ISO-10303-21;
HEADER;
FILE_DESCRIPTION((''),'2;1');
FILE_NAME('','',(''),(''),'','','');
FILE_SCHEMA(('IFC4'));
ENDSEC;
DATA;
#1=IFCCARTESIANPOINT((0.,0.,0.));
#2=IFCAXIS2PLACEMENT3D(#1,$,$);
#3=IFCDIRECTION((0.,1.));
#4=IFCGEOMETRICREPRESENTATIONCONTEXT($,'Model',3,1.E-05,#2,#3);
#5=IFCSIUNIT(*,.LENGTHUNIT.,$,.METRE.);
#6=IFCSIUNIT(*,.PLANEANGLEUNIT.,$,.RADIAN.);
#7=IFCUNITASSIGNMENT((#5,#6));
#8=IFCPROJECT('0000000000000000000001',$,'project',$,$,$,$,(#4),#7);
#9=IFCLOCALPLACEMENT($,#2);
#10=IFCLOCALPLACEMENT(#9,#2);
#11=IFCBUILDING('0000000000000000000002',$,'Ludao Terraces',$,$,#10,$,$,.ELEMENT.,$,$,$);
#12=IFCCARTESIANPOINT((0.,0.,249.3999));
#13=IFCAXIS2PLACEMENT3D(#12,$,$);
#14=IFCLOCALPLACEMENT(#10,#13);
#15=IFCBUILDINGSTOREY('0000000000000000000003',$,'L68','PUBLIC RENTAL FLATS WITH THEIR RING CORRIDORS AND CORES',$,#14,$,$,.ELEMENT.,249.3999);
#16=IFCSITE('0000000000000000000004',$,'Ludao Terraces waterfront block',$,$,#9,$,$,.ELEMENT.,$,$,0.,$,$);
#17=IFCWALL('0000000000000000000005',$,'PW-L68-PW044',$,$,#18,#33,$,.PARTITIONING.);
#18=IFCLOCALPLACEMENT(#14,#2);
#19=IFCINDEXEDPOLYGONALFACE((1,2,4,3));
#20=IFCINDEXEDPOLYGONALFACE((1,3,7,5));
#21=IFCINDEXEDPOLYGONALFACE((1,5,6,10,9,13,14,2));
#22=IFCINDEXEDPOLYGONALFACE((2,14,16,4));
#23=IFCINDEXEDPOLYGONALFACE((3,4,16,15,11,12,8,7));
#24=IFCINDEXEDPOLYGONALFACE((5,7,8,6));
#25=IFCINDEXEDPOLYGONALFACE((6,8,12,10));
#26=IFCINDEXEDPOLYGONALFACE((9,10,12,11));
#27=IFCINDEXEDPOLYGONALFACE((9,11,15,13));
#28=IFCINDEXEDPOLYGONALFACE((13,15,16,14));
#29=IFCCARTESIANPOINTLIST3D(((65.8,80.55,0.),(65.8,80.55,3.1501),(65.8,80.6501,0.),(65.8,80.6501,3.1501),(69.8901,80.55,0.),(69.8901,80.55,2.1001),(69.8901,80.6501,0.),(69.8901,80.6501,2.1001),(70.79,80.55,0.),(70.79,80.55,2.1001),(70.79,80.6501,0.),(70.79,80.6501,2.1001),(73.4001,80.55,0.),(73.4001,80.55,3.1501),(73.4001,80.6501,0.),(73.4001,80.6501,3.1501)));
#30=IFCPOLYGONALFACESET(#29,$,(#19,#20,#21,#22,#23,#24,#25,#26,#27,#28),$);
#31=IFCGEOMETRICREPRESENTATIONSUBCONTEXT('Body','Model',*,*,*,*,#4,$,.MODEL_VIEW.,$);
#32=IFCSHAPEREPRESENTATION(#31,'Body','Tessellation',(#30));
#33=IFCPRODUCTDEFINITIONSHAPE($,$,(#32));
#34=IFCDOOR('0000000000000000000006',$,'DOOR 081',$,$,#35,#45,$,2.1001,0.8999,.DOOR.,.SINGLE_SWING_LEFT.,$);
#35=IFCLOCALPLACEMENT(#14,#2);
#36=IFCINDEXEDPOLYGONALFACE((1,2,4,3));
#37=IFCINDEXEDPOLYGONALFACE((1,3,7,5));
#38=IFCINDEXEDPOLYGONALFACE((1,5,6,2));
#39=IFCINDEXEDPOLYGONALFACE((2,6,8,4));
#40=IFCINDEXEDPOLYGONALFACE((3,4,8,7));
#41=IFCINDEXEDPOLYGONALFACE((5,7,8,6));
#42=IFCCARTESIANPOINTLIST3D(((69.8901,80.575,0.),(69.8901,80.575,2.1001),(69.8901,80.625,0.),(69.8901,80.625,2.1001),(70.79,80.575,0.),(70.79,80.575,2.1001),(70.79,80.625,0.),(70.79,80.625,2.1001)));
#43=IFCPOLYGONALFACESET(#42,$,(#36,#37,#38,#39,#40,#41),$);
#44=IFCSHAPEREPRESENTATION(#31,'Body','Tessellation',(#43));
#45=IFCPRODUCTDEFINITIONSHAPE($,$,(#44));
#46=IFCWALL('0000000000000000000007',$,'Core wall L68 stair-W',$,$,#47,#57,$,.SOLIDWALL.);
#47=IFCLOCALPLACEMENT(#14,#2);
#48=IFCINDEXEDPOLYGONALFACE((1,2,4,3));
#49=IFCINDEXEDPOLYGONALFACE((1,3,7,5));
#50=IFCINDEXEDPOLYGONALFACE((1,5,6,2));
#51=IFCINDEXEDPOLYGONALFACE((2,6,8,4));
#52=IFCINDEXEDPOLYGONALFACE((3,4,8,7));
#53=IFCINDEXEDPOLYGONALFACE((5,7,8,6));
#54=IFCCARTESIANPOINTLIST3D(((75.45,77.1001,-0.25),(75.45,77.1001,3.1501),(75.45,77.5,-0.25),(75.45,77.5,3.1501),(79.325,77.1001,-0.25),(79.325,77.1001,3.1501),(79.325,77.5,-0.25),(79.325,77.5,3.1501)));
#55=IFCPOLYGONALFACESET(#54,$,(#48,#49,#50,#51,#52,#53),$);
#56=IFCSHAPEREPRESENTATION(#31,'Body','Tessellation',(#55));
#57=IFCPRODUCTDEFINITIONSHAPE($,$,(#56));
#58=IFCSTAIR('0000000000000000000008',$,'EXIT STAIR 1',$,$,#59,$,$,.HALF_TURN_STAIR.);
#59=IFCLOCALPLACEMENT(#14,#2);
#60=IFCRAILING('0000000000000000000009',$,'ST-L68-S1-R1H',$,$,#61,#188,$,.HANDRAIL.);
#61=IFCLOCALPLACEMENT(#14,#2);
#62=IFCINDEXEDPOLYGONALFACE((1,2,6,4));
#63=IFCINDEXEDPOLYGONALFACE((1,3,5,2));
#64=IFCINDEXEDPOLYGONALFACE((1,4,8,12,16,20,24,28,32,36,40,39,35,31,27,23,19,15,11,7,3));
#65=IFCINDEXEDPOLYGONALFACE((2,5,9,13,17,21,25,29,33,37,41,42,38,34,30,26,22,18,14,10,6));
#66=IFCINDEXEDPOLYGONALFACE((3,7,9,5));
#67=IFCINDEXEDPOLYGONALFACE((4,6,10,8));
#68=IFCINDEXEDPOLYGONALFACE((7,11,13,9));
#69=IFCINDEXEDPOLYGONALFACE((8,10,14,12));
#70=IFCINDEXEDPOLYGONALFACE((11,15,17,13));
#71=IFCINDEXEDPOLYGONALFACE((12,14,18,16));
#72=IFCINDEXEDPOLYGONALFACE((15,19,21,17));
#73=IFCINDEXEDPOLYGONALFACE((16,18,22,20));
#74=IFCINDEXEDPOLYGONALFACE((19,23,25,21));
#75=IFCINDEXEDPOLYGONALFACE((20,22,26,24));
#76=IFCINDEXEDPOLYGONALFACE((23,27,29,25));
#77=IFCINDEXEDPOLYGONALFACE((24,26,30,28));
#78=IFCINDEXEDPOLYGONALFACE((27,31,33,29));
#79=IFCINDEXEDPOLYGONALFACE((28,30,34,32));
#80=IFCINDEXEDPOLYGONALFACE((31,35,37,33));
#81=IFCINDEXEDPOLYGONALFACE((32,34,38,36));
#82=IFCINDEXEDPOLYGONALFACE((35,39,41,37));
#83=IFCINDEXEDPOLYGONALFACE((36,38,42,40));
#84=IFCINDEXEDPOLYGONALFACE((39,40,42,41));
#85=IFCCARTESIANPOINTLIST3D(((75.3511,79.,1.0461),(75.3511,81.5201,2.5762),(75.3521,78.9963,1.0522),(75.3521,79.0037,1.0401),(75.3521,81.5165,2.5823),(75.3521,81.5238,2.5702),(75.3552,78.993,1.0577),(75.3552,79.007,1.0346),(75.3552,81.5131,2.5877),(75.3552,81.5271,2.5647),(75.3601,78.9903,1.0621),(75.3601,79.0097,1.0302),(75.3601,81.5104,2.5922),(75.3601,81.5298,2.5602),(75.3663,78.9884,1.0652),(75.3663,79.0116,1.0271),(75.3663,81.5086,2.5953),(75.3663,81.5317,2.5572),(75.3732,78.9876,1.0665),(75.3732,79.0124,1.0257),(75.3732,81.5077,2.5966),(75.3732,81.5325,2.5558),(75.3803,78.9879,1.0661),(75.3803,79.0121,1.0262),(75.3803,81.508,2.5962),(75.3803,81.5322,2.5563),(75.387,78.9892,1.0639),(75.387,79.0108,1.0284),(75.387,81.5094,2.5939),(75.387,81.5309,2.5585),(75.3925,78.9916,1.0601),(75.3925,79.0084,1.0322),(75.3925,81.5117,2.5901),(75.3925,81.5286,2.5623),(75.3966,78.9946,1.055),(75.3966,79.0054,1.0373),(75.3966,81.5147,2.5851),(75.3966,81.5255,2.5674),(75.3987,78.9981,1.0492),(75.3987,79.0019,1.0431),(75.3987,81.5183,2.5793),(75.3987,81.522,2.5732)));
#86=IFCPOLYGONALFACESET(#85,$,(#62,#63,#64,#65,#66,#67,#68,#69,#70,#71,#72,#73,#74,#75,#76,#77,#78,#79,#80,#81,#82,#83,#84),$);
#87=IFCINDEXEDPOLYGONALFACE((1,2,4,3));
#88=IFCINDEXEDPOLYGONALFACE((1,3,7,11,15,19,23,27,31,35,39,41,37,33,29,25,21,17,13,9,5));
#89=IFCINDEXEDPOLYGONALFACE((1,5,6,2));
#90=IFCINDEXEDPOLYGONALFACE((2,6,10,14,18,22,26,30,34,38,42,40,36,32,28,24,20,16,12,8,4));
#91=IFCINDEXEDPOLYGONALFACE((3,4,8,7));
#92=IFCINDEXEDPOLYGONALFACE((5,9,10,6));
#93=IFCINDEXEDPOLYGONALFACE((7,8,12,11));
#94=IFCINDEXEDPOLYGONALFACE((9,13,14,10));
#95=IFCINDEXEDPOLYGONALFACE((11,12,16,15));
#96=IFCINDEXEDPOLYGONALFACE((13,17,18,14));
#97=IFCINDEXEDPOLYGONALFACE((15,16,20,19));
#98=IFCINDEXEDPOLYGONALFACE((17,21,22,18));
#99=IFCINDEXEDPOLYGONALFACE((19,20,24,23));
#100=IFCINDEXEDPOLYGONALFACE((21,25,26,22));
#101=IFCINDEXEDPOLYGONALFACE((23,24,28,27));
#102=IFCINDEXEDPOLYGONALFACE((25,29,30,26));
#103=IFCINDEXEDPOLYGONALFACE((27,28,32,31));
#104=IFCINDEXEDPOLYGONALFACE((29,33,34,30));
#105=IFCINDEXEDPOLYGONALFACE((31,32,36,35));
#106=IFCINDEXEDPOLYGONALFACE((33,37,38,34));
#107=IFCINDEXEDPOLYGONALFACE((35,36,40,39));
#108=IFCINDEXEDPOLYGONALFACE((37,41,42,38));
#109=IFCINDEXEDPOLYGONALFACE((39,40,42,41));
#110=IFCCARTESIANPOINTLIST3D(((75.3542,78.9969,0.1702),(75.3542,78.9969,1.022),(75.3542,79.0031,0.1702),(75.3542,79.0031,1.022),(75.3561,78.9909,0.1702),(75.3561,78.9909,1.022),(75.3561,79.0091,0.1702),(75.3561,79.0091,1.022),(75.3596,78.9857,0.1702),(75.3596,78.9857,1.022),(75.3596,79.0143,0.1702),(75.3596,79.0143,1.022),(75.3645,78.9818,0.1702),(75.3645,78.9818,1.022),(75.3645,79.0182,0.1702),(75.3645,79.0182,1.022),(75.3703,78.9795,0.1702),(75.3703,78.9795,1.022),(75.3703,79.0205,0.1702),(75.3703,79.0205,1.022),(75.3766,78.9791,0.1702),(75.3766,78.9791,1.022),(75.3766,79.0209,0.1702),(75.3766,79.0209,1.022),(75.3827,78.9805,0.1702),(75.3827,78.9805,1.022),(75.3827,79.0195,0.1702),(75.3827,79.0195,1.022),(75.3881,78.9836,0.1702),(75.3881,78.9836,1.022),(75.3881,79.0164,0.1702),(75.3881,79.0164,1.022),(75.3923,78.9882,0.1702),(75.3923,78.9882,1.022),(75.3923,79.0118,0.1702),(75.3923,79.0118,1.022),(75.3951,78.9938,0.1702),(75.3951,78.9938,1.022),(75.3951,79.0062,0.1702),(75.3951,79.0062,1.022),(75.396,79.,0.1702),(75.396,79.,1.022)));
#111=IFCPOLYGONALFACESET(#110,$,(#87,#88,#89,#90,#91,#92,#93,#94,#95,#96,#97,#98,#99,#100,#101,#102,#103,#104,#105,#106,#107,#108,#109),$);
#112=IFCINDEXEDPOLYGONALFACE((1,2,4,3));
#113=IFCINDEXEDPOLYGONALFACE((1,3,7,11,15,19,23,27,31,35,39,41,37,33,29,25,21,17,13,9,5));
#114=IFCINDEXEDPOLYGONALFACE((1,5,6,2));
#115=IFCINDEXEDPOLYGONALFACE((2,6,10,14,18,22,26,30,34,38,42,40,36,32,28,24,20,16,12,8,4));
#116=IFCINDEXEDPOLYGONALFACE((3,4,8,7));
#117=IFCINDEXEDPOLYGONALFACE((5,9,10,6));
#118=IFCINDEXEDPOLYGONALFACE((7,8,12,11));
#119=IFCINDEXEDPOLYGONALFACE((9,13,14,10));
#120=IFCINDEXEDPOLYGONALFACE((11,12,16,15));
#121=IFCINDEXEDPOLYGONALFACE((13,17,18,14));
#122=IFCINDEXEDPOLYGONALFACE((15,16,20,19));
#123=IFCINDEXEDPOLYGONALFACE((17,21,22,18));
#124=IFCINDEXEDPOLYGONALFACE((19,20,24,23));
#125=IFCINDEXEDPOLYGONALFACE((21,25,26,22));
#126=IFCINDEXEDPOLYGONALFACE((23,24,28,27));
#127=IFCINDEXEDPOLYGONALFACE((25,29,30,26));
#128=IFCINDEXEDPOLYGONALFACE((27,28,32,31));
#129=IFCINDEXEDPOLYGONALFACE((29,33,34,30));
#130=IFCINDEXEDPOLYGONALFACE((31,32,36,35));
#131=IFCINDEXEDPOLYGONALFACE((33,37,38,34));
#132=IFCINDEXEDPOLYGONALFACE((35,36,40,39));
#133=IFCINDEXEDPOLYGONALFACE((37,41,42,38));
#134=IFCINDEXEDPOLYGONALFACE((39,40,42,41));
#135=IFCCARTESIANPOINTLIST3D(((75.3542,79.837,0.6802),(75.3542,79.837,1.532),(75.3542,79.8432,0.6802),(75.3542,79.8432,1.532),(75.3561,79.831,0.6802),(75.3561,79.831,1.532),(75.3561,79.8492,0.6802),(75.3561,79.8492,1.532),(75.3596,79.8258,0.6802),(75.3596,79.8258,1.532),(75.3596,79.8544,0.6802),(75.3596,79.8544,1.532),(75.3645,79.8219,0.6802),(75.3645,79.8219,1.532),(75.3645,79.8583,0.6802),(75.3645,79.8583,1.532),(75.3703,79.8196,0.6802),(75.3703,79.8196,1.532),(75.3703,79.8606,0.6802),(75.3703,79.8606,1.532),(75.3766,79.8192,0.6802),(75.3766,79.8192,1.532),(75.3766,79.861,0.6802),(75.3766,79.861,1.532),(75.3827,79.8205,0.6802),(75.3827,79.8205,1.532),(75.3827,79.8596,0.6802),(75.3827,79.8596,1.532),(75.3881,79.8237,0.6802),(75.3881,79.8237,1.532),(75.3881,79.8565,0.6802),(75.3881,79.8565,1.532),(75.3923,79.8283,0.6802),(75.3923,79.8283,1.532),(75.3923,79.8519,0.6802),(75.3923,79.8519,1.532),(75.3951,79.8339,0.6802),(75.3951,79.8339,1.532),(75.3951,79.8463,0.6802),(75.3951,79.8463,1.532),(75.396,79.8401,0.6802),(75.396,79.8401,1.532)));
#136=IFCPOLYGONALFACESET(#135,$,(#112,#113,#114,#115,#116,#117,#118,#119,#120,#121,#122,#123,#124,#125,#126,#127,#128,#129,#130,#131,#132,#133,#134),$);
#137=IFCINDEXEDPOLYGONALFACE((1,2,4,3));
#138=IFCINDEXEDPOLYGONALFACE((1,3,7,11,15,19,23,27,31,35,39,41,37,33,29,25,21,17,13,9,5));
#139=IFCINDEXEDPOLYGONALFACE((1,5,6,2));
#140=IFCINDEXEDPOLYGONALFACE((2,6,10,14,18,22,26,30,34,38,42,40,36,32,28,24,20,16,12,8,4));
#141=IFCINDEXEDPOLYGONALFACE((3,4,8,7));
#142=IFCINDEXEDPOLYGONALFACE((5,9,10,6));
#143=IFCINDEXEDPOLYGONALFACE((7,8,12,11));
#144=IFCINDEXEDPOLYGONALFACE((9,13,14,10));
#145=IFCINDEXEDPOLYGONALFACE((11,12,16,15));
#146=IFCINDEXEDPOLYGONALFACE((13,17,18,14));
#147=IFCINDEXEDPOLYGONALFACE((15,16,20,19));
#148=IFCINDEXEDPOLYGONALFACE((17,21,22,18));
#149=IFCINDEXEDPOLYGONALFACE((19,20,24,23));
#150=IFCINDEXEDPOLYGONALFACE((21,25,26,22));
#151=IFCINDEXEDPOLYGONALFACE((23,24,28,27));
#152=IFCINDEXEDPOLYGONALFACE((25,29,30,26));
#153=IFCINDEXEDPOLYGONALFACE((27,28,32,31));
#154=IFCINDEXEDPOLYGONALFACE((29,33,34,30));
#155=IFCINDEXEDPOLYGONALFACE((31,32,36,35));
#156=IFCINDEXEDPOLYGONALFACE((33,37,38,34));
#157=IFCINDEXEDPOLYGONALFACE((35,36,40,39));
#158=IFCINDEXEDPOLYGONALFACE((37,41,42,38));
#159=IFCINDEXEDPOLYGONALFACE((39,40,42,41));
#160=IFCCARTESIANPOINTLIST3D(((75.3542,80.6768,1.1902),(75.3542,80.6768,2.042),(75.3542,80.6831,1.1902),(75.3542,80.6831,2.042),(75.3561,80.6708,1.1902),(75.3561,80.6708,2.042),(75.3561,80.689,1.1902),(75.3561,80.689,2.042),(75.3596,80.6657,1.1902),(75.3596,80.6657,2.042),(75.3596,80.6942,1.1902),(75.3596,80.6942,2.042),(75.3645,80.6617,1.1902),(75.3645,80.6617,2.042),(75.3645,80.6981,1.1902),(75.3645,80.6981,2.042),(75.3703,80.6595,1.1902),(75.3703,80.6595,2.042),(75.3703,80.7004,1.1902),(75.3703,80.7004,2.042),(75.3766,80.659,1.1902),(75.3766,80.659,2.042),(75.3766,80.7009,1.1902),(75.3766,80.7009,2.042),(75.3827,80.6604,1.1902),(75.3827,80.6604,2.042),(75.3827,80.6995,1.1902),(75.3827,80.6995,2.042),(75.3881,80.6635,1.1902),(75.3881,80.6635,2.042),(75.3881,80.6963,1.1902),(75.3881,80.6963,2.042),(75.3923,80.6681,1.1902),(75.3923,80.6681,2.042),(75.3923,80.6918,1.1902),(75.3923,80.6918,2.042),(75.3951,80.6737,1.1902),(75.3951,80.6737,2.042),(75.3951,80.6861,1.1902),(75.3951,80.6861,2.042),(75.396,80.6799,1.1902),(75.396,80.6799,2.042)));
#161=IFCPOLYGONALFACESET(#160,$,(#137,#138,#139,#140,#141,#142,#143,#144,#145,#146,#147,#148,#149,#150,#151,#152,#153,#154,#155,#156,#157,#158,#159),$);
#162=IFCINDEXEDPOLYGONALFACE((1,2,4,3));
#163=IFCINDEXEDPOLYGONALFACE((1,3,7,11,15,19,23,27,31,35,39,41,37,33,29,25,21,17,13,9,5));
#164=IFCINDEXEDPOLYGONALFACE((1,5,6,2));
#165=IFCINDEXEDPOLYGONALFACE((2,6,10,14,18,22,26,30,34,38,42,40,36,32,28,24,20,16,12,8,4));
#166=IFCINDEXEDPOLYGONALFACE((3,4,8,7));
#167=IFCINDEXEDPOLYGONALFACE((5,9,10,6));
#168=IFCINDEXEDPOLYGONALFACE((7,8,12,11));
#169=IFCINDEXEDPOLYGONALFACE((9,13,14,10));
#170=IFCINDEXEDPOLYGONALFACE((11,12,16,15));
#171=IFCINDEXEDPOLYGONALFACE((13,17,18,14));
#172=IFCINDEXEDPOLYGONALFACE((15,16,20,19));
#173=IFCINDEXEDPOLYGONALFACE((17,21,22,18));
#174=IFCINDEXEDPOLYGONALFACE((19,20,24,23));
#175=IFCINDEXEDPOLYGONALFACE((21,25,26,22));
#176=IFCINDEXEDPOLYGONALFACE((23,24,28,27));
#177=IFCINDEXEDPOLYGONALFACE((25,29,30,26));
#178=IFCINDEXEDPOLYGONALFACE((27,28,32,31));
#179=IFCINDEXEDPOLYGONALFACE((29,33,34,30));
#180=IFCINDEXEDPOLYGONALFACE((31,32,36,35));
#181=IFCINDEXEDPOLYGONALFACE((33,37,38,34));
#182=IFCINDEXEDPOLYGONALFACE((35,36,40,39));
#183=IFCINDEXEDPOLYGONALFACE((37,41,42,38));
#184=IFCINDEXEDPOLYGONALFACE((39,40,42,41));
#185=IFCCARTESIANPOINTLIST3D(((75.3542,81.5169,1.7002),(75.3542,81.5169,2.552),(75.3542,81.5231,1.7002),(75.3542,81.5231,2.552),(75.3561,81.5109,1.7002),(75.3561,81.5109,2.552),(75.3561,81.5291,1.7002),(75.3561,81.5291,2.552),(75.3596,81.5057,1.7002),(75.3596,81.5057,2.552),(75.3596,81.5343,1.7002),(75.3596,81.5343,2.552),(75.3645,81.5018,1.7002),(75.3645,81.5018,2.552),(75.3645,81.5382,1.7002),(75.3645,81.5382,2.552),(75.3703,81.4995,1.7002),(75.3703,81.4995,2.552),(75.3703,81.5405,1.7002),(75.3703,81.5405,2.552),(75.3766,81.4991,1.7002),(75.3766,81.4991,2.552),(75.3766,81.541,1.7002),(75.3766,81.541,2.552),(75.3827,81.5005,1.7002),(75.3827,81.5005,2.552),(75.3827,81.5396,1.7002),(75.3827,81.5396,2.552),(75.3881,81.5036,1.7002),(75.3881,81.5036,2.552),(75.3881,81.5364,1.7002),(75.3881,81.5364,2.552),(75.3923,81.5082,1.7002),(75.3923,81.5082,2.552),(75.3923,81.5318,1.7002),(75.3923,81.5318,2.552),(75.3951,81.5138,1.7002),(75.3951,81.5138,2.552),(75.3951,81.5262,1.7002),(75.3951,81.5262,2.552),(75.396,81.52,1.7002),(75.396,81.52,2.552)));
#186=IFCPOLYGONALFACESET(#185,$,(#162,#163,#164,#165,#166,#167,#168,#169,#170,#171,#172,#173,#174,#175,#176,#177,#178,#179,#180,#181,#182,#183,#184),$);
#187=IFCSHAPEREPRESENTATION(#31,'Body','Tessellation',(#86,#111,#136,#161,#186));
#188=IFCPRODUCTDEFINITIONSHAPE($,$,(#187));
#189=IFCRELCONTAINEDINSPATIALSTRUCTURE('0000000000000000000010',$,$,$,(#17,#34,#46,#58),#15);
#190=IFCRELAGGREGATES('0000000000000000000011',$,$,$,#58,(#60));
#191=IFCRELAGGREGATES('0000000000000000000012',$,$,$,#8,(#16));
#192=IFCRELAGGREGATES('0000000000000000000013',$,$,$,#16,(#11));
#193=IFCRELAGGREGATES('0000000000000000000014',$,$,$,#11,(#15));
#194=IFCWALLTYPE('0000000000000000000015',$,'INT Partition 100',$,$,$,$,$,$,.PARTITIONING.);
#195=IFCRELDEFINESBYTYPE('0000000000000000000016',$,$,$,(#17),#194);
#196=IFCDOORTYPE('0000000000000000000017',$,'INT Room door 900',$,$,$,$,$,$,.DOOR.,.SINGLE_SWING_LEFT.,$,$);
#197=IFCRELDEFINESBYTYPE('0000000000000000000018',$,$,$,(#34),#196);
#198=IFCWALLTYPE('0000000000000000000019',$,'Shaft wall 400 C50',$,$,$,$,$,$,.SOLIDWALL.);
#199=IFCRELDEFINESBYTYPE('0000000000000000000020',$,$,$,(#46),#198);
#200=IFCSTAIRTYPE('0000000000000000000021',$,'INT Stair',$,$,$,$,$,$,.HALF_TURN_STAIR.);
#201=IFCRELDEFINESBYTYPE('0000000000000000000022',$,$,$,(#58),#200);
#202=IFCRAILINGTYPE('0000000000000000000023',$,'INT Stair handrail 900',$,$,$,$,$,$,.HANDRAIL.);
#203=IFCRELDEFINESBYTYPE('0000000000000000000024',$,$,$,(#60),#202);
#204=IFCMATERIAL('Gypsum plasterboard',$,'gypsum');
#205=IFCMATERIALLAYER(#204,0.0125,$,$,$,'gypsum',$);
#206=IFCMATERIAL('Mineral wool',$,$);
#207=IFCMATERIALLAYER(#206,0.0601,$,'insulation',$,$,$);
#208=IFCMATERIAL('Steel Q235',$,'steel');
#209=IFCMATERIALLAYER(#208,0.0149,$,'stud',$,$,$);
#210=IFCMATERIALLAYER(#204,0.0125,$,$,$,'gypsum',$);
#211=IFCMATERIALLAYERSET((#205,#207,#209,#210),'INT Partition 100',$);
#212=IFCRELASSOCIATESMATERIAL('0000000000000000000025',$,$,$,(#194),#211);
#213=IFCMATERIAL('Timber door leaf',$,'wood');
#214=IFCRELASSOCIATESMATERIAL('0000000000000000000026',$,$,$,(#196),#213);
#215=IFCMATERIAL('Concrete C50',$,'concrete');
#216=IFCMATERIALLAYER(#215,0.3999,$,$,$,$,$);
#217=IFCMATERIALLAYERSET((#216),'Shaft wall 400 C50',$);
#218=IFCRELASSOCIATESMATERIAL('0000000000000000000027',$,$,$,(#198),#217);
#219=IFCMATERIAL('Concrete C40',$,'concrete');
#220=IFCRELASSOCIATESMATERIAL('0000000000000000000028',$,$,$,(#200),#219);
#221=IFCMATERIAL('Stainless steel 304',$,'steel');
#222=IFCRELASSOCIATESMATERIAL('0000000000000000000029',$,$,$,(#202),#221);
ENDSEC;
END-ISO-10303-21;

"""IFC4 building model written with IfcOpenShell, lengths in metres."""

from ifc_helpers import new_model, si_unit, direction, frame, frame_2d, origin, origin_2d, place, context, subcontext, project, spatial, rectangle, circle, extrude, material, layer, layer_set, type_object, element, fill, aggregate, save


model = new_model("IFC4")

# Units and contexts
model_context = context("Model", 3, precision=1e-05, world=origin(), true_north=direction((0.0, 1.0)))
body_context = subcontext(model_context, "Body", "Model", "MODEL_VIEW")
ifc_project = project(units=[si_unit("LENGTHUNIT", "METRE"), si_unit("PLANEANGLEUNIT", "RADIAN")], contexts=[model_context])

# Site, building, storey
site_placement = place(None, origin())
site = spatial("IfcSite", under=ifc_project, at=site_placement, Name="Ludao Terraces waterfront block", CompositionType="ELEMENT", RefElevation=0.0)
building_placement = place(site_placement, origin())
building = spatial("IfcBuilding", under=site, at=building_placement, Name="Ludao Terraces", CompositionType="ELEMENT")
storey_placement = place(building_placement, frame((0.0, 0.0, 249.3999)))
storey = spatial("IfcBuildingStorey", under=building, at=storey_placement, Name="L68", Description="PUBLIC RENTAL FLATS WITH THEIR RING CORRIDORS AND CORES", CompositionType="ELEMENT", Elevation=249.3999)

# Shared definitions
ifc_material_1 = material(Name="Concrete C40", Category="concrete")

# Shared definitions
ifc_material_2 = material(Name="Concrete C50", Category="concrete")
ifc_material_3 = material(Name="Steel Q235", Category="steel")

# Shared definitions
ifc_material_4 = material(Name="Mineral wool")

# Shared definitions
ifc_material_5 = material(Name="Gypsum plasterboard", Category="gypsum")
ifc_layer_1 = layer(ifc_material_5, 0.0125, Category="gypsum")
ifc_layer_2 = layer(ifc_material_4, 0.0601, Name="insulation")
ifc_layer_3 = layer(ifc_material_3, 0.0149, Name="stud")
ifc_layer_4 = layer(ifc_material_5, 0.0125, Category="gypsum")
ifc_layer_set_1 = layer_set([ifc_layer_1, ifc_layer_2, ifc_layer_3, ifc_layer_4], Name="INT Partition 100")
wall_type_1 = type_object("IfcWallType", Name="INT Partition 100", PredefinedType="PARTITIONING", material=ifc_layer_set_1)

# Wall, opening, door
wall_1_placement = place(storey_placement, frame((65.8, 80.6001, 0.0), z_axis=(0.0, 0.0, 1.0), x_axis=(1.0, 0.0, 0.0)))
wall_1 = element("IfcWall", 1, at=wall_1_placement, inside=storey, type_object=wall_type_1, Name="PW-L68-PW044", PredefinedType="PARTITIONING", context=body_context, shape_type="SweptSolid", body=[
    extrude(rectangle(XDim=7.6001, YDim=0.1001, at=frame_2d((3.8, 0.0))), origin(), (0.0, 0.0, 1.0), 3.1501),
])
opening_1_placement = place(wall_1_placement, frame((4.0901, 0.0, 0.0)))
opening_1 = element("IfcOpeningElement", 2, at=opening_1_placement, cuts=wall_1, PredefinedType="OPENING", context=body_context, shape_type="SweptSolid", body=[
    extrude(rectangle(XDim=0.8999, YDim=2.1001, at=frame_2d((0.45, 1.05))), frame((0.0, 0.0601, 0.0), z_axis=(0.0, -1.0, 0.0), x_axis=(1.0, 0.0, 0.0)), (0.0, 0.0, 1.0), 0.1201),
])
ifc_material_6 = material(Name="Timber door leaf", Category="wood")
door_type_1 = type_object("IfcDoorType", Name="INT Room door 900", OperationType="SINGLE_SWING_LEFT", PredefinedType="DOOR", material=ifc_material_6)
door_1_placement = place(opening_1_placement, origin())
door_1 = element("IfcDoor", 3, at=door_1_placement, inside=storey, type_object=door_type_1, Name="DOOR 081", OperationType="SINGLE_SWING_LEFT", OverallHeight=2.1001, OverallWidth=0.8999, PredefinedType="DOOR", context=body_context, shape_type="SweptSolid", body=[
    extrude(rectangle(XDim=0.8999, YDim=2.1001, at=frame_2d((0.45, 1.05))), frame((0.0, 0.0249, 0.0), z_axis=(0.0, -1.0, 0.0), x_axis=(1.0, 0.0, 0.0)), (0.0, 0.0, 1.0), 0.05),
])
fill(opening_1, door_1)

# Wall
ifc_layer_5 = layer(ifc_material_2, 0.3999)
ifc_layer_set_2 = layer_set([ifc_layer_5], Name="Shaft wall 400 C50")
wall_type_2 = type_object("IfcWallType", Name="Shaft wall 400 C50", PredefinedType="SOLIDWALL", material=ifc_layer_set_2)
wall_2_placement = place(storey_placement, frame((75.45, 77.3, -0.25), z_axis=(0.0, 0.0, 1.0), x_axis=(1.0, 0.0, 0.0)))
element("IfcWall", 4, at=wall_2_placement, inside=storey, type_object=wall_type_2, Name="Core wall L68 stair-W", PredefinedType="SOLIDWALL", context=body_context, shape_type="SweptSolid", body=[
    extrude(rectangle(XDim=3.875, YDim=0.3999, at=frame_2d((1.9375, 0.0))), origin(), (0.0, 0.0, 1.0), 3.4001),
])

# Stair, railing
stair_type = type_object("IfcStairType", Name="INT Stair", PredefinedType="HALF_TURN_STAIR", material=ifc_material_1)
stair_placement = place(storey_placement, origin())
stair = element("IfcStair", 5, at=stair_placement, inside=storey, type_object=stair_type, Name="EXIT STAIR 1", PredefinedType="HALF_TURN_STAIR")
ifc_material_7 = material(Name="Stainless steel 304", Category="steel")
railing_type = type_object("IfcRailingType", Name="INT Stair handrail 900", PredefinedType="HANDRAIL", material=ifc_material_7)
railing_placement = place(storey_placement, frame((75.375, 79.0, 0.1702)))
railing = element("IfcRailing", 6, at=railing_placement, type_object=railing_type, Name="ST-L68-S1-R1H", PredefinedType="HANDRAIL", context=body_context, shape_type="SweptSolid", body=[
    extrude(circle(Radius=0.0239, at=origin_2d()), frame((0.0, 0.0, 0.876), z_axis=(0.0, 0.854785, 0.518982), x_axis=(-1.0, 0.0, 0.0)), (0.0, 0.0, 1.0), 2.9482),
    extrude(circle(Radius=0.021, at=origin_2d()), origin(), (0.0, 0.0, 1.0), 0.8518),
    extrude(circle(Radius=0.021, at=origin_2d()), frame((0.0, 0.8401, 0.51)), (0.0, 0.0, 1.0), 0.8518),
    extrude(circle(Radius=0.021, at=origin_2d()), frame((0.0, 1.6799, 1.02)), (0.0, 0.0, 1.0), 0.8518),
    extrude(circle(Radius=0.021, at=origin_2d()), frame((0.0, 2.52, 1.53)), (0.0, 0.0, 1.0), 0.8518),
])
aggregate(stair, [railing])

save(model, "model.ifc")
